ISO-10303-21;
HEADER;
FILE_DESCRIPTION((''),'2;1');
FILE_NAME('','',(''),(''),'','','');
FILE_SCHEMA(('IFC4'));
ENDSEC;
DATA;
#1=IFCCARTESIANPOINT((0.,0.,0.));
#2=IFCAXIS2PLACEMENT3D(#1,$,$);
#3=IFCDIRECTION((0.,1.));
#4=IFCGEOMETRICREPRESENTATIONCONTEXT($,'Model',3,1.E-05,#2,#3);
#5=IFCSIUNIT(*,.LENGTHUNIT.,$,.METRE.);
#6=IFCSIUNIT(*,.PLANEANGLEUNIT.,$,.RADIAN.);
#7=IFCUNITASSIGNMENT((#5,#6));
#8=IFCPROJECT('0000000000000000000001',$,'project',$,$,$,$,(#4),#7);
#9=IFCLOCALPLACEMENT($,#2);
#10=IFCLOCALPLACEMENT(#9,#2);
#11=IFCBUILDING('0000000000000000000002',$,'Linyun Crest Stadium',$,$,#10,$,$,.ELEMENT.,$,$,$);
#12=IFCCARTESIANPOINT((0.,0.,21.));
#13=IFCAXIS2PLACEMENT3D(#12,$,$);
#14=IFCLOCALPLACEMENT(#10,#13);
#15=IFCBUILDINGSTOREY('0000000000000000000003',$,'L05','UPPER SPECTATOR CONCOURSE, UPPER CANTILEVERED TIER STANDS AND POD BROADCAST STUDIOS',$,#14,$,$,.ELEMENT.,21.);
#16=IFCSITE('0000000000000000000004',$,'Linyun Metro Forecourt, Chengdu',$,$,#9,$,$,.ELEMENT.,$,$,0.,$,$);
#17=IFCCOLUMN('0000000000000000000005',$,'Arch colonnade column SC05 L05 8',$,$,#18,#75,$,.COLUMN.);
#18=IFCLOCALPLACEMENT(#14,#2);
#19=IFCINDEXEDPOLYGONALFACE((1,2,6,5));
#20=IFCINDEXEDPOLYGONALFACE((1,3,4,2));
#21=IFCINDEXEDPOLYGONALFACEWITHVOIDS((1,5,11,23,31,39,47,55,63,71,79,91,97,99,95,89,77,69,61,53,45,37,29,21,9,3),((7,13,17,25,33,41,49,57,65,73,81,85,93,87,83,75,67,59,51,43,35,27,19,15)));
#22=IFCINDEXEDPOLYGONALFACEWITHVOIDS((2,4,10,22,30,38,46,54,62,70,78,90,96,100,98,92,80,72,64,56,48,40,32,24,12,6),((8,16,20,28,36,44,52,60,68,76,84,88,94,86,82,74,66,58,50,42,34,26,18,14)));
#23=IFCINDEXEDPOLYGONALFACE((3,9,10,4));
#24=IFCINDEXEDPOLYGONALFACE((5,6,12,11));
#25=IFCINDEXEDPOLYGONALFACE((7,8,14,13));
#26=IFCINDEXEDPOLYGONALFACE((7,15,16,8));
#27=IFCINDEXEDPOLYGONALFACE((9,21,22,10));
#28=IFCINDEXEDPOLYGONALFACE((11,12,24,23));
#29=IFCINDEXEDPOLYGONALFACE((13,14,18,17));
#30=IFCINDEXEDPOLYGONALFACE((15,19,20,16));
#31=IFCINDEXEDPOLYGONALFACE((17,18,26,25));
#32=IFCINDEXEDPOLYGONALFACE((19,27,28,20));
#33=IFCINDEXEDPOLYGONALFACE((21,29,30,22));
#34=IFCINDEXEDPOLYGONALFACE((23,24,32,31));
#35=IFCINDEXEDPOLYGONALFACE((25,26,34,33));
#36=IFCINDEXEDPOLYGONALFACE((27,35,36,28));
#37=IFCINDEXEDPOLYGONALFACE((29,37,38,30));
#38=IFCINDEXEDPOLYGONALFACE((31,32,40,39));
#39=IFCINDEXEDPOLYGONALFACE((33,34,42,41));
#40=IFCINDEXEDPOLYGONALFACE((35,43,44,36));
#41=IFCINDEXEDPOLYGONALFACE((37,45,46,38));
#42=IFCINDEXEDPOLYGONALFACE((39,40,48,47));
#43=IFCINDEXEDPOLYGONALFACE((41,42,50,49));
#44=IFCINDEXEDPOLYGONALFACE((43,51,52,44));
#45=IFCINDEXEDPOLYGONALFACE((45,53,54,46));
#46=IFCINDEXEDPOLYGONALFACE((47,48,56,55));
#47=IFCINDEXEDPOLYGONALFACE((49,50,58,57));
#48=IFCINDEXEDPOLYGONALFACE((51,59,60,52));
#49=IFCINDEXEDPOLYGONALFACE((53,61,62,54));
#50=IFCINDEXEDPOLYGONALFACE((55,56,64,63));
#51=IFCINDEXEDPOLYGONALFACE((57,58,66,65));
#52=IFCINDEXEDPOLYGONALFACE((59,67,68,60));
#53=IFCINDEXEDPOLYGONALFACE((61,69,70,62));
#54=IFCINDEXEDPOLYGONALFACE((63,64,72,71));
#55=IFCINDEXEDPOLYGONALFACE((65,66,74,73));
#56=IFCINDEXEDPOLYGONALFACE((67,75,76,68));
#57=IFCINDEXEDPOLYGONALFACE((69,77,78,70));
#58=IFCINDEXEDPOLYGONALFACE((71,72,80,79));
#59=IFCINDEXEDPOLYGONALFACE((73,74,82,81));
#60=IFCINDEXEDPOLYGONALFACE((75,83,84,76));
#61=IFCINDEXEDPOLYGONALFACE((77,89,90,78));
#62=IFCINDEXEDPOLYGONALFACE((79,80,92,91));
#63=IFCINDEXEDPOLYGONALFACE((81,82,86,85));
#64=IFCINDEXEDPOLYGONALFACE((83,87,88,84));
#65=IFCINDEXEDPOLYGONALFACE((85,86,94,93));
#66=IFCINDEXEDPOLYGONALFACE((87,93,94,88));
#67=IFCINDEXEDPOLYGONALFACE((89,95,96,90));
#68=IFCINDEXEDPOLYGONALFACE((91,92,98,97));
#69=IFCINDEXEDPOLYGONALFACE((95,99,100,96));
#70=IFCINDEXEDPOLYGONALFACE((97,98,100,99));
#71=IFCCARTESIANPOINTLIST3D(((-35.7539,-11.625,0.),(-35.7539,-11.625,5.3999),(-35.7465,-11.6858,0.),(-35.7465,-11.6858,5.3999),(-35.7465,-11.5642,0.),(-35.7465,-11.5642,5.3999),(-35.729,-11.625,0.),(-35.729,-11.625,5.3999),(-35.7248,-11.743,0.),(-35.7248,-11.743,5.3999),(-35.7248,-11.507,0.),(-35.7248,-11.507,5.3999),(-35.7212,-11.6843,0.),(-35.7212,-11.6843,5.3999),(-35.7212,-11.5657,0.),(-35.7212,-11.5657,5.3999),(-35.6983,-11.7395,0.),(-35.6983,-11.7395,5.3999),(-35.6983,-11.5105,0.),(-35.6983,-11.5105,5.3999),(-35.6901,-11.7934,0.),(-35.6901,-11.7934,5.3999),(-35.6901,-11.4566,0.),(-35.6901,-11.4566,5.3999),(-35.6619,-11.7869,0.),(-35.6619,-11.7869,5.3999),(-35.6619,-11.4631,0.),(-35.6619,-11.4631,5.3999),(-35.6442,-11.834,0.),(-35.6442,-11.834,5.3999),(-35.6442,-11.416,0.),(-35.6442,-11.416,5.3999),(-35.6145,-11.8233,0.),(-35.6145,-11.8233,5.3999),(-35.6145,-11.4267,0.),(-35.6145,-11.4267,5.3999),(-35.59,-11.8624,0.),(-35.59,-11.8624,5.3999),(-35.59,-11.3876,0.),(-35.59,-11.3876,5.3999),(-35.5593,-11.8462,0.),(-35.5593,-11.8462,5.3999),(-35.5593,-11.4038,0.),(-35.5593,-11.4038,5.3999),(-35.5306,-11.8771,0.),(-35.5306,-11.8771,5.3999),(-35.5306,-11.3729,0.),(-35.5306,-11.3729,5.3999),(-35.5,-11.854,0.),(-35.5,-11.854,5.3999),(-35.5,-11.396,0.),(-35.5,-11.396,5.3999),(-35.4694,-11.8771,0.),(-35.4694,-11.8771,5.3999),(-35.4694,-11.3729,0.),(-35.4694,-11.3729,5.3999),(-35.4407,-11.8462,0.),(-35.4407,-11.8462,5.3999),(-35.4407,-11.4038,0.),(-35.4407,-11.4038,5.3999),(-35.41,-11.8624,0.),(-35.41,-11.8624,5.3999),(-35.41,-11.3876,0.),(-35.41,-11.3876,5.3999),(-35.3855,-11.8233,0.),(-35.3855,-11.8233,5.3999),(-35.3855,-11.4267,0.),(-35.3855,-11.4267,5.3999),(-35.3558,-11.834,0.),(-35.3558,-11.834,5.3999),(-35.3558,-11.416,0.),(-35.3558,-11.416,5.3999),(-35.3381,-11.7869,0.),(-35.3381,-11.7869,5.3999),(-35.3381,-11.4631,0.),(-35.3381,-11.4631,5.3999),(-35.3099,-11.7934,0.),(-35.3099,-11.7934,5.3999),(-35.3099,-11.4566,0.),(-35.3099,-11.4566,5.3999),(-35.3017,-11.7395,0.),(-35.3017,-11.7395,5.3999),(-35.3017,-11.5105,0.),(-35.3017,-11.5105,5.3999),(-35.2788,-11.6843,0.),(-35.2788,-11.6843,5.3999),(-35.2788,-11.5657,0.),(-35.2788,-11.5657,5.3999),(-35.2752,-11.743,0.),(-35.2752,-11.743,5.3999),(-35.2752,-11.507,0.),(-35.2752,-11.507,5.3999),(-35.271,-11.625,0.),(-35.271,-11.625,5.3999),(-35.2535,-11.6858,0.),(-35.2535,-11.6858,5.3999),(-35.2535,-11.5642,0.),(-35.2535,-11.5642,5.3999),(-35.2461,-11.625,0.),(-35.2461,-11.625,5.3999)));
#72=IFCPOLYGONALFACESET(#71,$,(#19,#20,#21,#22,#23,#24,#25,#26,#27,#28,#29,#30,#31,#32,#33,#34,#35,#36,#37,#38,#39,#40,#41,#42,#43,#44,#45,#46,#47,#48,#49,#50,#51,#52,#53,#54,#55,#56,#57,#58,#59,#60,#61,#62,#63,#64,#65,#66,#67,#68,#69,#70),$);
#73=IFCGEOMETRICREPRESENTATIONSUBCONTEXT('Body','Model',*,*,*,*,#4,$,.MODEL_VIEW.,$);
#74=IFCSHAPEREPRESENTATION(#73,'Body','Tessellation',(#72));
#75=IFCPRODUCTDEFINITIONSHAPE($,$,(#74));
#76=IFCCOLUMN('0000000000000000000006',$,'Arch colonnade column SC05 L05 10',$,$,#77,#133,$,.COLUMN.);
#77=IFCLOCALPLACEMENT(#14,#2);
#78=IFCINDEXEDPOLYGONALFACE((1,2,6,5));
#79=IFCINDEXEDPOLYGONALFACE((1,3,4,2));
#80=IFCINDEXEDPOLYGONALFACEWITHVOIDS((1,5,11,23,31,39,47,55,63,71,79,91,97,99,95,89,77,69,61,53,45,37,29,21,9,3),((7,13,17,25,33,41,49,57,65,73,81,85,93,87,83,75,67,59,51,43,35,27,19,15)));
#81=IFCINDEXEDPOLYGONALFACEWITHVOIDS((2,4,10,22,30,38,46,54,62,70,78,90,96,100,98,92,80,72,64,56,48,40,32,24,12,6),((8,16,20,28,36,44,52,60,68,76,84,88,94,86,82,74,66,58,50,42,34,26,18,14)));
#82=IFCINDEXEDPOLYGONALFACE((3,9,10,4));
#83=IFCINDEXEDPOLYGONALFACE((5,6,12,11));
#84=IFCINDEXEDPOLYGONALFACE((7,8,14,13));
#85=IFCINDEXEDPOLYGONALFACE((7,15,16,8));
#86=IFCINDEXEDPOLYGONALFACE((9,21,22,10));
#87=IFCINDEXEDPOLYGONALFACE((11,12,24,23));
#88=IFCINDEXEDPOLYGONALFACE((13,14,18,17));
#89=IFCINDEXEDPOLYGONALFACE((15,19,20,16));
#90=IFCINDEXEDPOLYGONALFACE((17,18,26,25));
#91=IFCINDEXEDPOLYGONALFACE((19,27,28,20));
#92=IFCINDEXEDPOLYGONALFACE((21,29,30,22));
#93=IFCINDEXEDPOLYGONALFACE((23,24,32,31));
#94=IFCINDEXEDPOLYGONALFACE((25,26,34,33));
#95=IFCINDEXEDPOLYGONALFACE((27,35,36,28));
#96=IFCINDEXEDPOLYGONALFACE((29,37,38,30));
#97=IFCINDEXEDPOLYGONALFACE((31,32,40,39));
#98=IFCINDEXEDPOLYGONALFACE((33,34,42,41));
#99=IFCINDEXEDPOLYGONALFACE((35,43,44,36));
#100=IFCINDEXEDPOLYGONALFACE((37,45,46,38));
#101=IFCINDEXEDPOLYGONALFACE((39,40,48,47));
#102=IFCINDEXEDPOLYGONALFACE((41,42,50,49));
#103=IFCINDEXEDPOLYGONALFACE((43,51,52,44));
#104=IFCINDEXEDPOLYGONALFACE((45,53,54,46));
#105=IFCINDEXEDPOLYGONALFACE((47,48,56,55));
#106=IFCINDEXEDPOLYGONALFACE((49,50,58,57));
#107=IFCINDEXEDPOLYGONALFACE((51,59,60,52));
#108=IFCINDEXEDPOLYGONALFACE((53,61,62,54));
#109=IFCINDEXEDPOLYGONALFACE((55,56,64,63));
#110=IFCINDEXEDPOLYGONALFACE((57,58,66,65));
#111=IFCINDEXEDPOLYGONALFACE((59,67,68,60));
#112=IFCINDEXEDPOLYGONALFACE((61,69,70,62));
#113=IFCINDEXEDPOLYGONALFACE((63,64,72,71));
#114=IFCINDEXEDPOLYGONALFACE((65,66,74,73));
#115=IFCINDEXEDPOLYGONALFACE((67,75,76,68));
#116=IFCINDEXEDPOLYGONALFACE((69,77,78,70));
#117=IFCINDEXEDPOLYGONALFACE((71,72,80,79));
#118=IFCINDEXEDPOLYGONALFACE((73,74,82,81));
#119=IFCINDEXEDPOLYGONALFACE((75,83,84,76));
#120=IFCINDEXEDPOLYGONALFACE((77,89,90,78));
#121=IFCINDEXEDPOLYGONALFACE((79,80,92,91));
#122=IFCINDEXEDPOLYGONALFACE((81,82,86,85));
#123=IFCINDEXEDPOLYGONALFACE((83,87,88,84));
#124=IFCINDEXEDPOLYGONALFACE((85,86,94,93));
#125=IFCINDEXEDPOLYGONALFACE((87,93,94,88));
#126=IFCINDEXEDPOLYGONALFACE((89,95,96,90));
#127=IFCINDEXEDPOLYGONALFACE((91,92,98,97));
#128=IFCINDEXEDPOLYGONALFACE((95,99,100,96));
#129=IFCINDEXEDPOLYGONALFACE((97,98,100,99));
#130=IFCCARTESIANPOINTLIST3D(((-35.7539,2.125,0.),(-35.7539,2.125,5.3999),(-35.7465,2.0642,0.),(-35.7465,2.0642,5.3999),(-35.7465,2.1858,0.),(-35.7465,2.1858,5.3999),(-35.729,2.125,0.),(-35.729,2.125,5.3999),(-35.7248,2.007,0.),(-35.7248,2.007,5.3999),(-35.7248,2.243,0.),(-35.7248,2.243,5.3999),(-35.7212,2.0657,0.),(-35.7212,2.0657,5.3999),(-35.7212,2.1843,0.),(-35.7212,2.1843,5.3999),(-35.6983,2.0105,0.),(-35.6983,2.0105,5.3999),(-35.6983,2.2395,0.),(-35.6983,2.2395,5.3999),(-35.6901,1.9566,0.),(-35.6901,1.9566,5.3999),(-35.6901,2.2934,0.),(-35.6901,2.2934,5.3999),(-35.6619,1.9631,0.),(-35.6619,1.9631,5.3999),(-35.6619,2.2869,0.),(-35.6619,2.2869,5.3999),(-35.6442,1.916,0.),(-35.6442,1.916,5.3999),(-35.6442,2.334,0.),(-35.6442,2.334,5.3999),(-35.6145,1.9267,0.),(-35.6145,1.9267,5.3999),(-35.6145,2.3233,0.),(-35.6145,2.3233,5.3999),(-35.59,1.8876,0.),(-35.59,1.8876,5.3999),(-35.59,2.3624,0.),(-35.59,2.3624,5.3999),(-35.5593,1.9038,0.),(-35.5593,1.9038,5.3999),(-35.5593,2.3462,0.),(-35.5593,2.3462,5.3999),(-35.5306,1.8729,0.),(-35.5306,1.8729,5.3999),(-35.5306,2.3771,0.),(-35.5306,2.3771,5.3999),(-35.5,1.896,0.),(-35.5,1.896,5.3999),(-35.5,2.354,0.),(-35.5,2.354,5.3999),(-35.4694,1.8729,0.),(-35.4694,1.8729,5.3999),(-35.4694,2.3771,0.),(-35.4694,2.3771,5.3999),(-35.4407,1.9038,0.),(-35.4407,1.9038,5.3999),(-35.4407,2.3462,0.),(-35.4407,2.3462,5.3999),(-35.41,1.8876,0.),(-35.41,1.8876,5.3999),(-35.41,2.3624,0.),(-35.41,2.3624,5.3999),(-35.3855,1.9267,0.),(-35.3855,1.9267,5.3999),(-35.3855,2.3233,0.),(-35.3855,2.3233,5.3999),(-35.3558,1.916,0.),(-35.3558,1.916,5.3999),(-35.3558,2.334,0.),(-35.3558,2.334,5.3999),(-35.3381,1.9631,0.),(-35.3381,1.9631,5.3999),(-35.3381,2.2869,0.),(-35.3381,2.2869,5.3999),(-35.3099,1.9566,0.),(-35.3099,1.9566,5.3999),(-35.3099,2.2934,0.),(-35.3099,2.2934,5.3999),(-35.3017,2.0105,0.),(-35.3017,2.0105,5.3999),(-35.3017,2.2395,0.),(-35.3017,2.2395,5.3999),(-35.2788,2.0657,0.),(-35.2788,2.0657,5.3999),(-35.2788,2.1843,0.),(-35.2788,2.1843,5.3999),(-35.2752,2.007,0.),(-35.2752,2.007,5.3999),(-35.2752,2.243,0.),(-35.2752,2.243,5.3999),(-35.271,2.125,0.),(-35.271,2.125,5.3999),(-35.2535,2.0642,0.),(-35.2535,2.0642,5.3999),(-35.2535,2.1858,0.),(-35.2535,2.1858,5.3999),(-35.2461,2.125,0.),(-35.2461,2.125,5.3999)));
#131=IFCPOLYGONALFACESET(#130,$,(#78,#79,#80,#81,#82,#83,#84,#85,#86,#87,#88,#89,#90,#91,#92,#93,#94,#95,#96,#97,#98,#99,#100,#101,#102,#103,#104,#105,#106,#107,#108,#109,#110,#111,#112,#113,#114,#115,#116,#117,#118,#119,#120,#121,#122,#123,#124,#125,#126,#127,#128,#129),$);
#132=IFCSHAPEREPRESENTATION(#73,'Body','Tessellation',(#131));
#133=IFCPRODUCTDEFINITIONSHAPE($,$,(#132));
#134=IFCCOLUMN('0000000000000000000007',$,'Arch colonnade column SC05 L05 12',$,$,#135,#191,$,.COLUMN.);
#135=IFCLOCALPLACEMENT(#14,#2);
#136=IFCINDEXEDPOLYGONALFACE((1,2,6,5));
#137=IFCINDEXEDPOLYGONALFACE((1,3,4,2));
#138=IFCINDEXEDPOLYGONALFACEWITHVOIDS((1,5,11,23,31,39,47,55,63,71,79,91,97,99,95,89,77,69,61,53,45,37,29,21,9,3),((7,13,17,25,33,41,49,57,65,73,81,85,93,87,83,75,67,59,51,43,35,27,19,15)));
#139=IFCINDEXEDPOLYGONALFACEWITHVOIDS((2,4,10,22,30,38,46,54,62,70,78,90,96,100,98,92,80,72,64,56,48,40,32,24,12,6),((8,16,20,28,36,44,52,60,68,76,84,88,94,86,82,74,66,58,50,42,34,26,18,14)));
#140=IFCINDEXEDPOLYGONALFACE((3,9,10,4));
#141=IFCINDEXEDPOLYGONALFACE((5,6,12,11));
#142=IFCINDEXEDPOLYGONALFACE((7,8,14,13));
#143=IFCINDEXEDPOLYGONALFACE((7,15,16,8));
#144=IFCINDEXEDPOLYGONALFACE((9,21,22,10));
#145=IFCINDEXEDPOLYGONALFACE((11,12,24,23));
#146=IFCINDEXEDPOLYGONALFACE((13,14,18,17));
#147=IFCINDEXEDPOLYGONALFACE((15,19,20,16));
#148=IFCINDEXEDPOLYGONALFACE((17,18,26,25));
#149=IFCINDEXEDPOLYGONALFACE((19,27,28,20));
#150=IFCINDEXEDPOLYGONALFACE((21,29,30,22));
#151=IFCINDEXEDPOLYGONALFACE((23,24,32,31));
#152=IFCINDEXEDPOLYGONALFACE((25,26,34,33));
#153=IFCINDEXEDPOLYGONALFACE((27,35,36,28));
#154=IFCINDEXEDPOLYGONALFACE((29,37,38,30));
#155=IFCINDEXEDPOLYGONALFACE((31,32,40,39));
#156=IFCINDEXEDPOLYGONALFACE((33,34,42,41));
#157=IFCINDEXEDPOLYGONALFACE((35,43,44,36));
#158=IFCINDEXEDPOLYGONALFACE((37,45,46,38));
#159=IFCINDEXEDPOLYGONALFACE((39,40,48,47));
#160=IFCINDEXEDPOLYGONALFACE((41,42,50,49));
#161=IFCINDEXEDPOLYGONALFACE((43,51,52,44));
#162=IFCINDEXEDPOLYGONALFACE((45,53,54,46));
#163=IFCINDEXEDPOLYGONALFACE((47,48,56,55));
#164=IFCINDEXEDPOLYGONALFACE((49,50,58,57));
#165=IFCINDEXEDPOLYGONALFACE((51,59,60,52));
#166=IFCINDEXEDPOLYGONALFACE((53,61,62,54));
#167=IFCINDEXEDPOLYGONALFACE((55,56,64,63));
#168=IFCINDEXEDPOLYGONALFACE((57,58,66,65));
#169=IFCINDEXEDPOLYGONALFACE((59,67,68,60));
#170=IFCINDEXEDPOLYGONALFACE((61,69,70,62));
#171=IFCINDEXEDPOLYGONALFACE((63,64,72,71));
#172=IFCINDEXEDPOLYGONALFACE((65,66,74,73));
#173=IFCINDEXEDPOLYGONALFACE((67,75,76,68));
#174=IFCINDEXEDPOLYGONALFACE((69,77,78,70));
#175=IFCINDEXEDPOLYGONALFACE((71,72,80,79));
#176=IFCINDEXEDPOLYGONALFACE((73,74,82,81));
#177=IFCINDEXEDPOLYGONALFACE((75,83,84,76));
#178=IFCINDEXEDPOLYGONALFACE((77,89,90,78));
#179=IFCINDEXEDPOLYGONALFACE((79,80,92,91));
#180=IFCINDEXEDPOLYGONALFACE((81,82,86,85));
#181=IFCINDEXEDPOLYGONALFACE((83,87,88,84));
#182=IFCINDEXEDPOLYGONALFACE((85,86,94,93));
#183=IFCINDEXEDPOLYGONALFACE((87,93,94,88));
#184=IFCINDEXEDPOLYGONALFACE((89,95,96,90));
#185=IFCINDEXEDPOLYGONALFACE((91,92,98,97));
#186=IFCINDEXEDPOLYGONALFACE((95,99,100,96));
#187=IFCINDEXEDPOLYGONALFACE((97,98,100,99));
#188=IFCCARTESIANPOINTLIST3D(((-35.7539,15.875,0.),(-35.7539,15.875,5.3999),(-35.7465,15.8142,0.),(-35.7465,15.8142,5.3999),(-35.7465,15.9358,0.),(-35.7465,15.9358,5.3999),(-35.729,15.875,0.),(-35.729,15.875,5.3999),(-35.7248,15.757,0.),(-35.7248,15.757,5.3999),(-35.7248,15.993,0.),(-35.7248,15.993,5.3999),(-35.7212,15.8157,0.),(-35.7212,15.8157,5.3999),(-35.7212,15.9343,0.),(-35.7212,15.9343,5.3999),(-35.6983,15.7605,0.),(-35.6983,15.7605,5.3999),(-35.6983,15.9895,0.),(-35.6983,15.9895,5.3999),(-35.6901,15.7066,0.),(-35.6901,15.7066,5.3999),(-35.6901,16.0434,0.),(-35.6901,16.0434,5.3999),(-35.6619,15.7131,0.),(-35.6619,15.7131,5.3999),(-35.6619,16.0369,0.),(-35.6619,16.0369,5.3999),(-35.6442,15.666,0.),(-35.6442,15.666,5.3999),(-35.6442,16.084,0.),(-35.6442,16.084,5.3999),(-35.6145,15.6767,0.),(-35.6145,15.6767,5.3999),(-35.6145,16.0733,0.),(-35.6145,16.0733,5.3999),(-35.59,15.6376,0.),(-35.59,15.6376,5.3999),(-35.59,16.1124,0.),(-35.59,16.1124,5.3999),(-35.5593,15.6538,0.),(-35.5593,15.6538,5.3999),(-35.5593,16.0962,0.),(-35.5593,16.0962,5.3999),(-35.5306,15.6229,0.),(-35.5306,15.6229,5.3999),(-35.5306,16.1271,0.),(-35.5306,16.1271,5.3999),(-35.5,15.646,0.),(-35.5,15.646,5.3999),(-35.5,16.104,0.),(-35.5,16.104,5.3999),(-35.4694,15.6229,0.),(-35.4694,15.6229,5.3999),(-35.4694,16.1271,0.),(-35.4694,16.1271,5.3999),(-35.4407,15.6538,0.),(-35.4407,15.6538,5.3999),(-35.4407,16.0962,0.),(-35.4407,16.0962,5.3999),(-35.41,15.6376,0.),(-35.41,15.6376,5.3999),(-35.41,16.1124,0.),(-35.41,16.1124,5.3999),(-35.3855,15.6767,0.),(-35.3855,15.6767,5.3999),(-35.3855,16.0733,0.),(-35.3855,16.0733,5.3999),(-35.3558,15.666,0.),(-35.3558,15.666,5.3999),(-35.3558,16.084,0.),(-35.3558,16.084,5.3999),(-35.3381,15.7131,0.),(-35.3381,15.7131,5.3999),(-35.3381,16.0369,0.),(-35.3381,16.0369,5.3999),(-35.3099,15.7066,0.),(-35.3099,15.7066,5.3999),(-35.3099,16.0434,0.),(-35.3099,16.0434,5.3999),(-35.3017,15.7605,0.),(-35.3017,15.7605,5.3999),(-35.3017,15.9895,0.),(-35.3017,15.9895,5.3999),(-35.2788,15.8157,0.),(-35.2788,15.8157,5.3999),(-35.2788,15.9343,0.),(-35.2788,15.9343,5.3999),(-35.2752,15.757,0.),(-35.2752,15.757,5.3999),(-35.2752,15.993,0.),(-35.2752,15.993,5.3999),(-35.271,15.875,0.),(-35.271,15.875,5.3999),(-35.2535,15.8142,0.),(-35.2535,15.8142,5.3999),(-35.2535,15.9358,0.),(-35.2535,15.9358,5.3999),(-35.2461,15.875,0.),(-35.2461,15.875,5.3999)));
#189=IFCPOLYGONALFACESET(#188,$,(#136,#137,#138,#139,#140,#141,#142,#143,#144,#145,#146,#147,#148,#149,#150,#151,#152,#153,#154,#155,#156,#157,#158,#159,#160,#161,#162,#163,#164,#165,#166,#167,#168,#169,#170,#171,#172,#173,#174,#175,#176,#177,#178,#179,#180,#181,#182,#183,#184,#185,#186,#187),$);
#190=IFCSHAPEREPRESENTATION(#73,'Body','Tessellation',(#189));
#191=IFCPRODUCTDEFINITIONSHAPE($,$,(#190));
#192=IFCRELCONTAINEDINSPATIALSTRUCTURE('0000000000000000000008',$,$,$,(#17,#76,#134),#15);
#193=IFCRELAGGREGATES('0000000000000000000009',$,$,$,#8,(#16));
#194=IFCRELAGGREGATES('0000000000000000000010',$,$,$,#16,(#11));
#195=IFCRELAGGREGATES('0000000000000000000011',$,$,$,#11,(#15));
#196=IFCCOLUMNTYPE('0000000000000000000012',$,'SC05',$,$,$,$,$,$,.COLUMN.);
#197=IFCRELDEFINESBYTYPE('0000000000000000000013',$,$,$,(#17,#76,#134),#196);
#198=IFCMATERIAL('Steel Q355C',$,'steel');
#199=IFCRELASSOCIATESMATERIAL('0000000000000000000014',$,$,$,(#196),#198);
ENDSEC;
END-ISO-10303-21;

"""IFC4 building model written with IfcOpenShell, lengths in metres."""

from ifc_helpers import new_model, si_unit, direction, frame, origin, origin_2d, place, context, subcontext, project, spatial, hollow_circle, extrude, material, material_profile, profile_set, type_object, element, save


model = new_model("IFC4")

# Units and contexts
model_context = context("Model", 3, precision=1e-05, world=origin(), true_north=direction((0.0, 1.0)))
body_context = subcontext(model_context, "Body", "Model", "MODEL_VIEW")
ifc_project = project(units=[si_unit("LENGTHUNIT", "METRE"), si_unit("PLANEANGLEUNIT", "RADIAN")], contexts=[model_context])

# Site, building, storey
site_placement = place(None, origin())
site = spatial("IfcSite", under=ifc_project, at=site_placement, Name="Linyun Metro Forecourt, Chengdu", CompositionType="ELEMENT", RefElevation=0.0)
building_placement = place(site_placement, origin())
building = spatial("IfcBuilding", under=site, at=building_placement, Name="Linyun Crest Stadium", CompositionType="ELEMENT")
storey_placement = place(building_placement, frame((0.0, 0.0, 21.0)))
storey = spatial("IfcBuildingStorey", under=building, at=storey_placement, Name="L05", Description="UPPER SPECTATOR CONCOURSE, UPPER CANTILEVERED TIER STANDS AND POD BROADCAST STUDIOS", CompositionType="ELEMENT", Elevation=21.0)

# Columns
ifc_material_1 = material(Name="Steel Q355C", Category="steel")
ifc_material_profile_1 = material_profile(ifc_material_1, hollow_circle(Radius=0.2539, WallThickness=0.0249, at=origin_2d()), Name="CHS 508x25")
ifc_profile_set_1 = profile_set([ifc_material_profile_1], Name="Steel Q355C")
column_type = type_object("IfcColumnType", Name="SC05", PredefinedType="COLUMN", material=ifc_profile_set_1)
for number, where, z_axis, x_axis, name in (
    (1, (-35.5, -11.625, 0.0), (0.0, 0.0, 1.0), (1.0, 0.0, 0.0), "Arch colonnade column SC05 L05 8"),
    (2, (-35.5, 2.125, 0.0), (0.0, 0.0, 1.0), (1.0, 0.0, 0.0), "Arch colonnade column SC05 L05 10"),
    (3, (-35.5, 15.875, 0.0), (0.0, 0.0, 1.0), (1.0, 0.0, 0.0), "Arch colonnade column SC05 L05 12"),
):
    element("IfcColumn", number, at=place(storey_placement, frame(where, z_axis=z_axis, x_axis=x_axis)), inside=storey, type_object=column_type, Name=name, PredefinedType="COLUMN", context=body_context, shape_type="SweptSolid", body=[
        extrude(hollow_circle(Radius=0.2539, WallThickness=0.0249, at=origin_2d()), origin(), (0.0, 0.0, 1.0), 5.3999),
    ])

save(model, "model.ifc")
